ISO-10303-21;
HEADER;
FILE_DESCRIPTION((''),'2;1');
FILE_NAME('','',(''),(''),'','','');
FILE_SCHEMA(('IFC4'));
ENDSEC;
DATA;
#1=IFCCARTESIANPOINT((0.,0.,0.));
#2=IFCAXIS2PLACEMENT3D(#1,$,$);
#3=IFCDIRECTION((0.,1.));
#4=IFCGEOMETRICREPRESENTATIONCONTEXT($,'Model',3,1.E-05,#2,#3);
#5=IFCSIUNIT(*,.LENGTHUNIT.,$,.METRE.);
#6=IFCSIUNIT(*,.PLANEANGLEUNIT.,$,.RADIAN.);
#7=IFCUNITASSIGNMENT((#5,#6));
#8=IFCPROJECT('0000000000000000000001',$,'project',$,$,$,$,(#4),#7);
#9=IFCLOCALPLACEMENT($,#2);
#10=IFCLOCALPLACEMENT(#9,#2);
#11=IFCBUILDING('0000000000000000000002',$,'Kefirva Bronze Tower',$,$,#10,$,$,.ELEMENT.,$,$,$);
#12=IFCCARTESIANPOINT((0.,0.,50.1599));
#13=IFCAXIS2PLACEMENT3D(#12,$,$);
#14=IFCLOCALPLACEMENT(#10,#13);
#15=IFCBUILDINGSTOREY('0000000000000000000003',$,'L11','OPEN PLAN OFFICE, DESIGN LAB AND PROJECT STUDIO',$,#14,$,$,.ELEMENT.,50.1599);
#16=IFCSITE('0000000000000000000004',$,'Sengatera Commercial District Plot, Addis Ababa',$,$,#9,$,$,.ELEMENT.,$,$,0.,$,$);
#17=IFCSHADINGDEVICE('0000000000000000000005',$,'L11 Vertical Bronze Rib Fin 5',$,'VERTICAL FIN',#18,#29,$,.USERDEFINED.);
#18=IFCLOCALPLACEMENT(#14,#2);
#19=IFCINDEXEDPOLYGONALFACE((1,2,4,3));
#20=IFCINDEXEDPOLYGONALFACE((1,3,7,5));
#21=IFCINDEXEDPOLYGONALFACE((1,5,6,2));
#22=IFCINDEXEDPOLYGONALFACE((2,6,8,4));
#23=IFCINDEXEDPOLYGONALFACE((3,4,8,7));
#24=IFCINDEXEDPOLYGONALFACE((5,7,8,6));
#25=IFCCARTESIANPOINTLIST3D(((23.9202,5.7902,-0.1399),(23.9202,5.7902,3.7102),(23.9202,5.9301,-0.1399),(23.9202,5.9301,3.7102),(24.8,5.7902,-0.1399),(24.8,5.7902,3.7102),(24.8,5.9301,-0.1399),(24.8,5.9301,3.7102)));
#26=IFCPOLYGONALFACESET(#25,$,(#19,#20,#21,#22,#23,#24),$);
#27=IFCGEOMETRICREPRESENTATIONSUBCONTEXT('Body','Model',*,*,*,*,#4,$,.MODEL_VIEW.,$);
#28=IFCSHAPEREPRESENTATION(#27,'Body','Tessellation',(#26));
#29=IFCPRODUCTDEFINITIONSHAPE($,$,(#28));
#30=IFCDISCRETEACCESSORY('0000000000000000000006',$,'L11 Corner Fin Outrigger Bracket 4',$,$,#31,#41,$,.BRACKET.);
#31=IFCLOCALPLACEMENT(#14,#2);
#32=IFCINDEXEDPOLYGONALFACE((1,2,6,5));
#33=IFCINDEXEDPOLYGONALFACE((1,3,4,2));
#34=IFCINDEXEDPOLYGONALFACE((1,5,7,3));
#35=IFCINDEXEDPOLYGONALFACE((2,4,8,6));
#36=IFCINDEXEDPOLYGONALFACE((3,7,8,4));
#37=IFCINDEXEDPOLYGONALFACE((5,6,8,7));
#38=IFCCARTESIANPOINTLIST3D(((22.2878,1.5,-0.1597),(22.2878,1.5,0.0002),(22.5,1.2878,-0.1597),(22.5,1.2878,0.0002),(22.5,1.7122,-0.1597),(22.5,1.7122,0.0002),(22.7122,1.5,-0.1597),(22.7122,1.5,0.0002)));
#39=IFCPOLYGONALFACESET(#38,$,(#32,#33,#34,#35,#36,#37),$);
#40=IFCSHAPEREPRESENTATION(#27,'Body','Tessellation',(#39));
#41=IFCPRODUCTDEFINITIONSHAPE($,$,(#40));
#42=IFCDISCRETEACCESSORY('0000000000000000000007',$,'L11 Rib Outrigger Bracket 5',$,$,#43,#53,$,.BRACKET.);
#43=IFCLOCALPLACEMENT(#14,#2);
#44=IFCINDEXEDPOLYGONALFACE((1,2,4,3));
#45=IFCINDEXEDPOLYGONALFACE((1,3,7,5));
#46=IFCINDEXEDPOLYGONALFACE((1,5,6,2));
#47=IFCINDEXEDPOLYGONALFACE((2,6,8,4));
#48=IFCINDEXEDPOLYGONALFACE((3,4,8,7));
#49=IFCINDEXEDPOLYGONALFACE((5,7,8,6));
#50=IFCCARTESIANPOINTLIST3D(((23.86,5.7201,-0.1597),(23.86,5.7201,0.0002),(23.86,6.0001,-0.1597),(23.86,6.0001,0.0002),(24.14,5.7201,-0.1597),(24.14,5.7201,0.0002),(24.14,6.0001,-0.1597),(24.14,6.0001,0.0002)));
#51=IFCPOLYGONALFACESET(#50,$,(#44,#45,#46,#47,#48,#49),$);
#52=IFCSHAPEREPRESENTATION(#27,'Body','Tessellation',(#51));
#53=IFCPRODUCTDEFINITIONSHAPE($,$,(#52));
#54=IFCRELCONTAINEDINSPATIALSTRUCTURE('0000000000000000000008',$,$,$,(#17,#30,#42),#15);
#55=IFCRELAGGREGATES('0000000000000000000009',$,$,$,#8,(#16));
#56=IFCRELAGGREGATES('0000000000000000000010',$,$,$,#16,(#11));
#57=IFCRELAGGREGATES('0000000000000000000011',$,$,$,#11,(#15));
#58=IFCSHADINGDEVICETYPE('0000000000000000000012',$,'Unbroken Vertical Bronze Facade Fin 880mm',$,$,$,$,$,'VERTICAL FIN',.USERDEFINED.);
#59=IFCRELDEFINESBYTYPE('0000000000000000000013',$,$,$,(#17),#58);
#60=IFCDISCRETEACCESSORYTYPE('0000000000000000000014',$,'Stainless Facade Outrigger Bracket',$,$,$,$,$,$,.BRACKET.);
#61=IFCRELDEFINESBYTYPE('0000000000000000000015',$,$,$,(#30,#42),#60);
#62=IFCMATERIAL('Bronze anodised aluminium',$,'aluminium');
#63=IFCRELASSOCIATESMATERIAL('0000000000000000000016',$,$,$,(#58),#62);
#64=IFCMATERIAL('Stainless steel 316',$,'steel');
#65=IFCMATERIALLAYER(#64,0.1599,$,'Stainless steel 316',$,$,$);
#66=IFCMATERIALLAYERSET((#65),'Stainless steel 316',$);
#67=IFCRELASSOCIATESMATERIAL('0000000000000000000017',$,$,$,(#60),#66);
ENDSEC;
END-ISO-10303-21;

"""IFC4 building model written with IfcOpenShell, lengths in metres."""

from ifc_helpers import new_model, si_unit, direction, frame, origin, origin_2d, place, context, subcontext, project, spatial, rectangle, extrude, material, layer, layer_set, material_profile, profile_set, type_object, element, save


model = new_model("IFC4")

# Units and contexts
model_context = context("Model", 3, precision=1e-05, world=origin(), true_north=direction((0.0, 1.0)))
body_context = subcontext(model_context, "Body", "Model", "MODEL_VIEW")
ifc_project = project(units=[si_unit("LENGTHUNIT", "METRE"), si_unit("PLANEANGLEUNIT", "RADIAN")], contexts=[model_context])

# Site, building, storey
site_placement = place(None, origin())
site = spatial("IfcSite", under=ifc_project, at=site_placement, Name="Sengatera Commercial District Plot, Addis Ababa", CompositionType="ELEMENT", RefElevation=0.0)
building_placement = place(site_placement, origin())
building = spatial("IfcBuilding", under=site, at=building_placement, Name="Kefirva Bronze Tower", CompositionType="ELEMENT")
storey_placement = place(building_placement, frame((0.0, 0.0, 50.1599)))
storey = spatial("IfcBuildingStorey", under=building, at=storey_placement, Name="L11", Description="OPEN PLAN OFFICE, DESIGN LAB AND PROJECT STUDIO", CompositionType="ELEMENT", Elevation=50.1599)

# Shared definitions
ifc_material_1 = material(Name="Bronze anodised aluminium", Category="aluminium")

# Shading device
ifc_material_profile_1 = material_profile(ifc_material_1, rectangle(XDim=0.1399, YDim=0.8799, at=origin_2d()), Name="BRONZE FIN 140x880")
ifc_profile_set_1 = profile_set([ifc_material_profile_1], Name="Bronze anodised aluminium")
shading_device_type_1 = type_object("IfcShadingDeviceType", Name="Unbroken Vertical Bronze Facade Fin 880mm", ElementType="VERTICAL FIN", PredefinedType="USERDEFINED", material=ifc_profile_set_1)
shading_device_1_placement = place(storey_placement, frame((24.3601, 5.8601, -0.1399), z_axis=(0.0, 0.0, 1.0), x_axis=(0.0, 1.0, 0.0)))
element("IfcShadingDevice", 1, at=shading_device_1_placement, inside=storey, type_object=shading_device_type_1, Name="L11 Vertical Bronze Rib Fin 5", ObjectType="VERTICAL FIN", PredefinedType="USERDEFINED", context=body_context, shape_type="SweptSolid", body=[
    extrude(rectangle(XDim=0.1399, YDim=0.8799, at=origin_2d()), origin(), (0.0, 0.0, 1.0), 3.8501),
])

# Discrete accessories
ifc_material_2 = material(Name="Stainless steel 316", Category="steel")
ifc_layer_1 = layer(ifc_material_2, 0.1599, Name="Stainless steel 316")
ifc_layer_set_1 = layer_set([ifc_layer_1], Name="Stainless steel 316")
discrete_accessory_type = type_object("IfcDiscreteAccessoryType", Name="Stainless Facade Outrigger Bracket", PredefinedType="BRACKET", material=ifc_layer_set_1)
discrete_accessory_1_placement = place(storey_placement, frame((22.5, 1.5, -0.1597), z_axis=(0.0, 0.0, 1.0), x_axis=(0.707107, 0.707107, 0.0)))
element("IfcDiscreteAccessory", 2, at=discrete_accessory_1_placement, inside=storey, type_object=discrete_accessory_type, Name="L11 Corner Fin Outrigger Bracket 4", PredefinedType="BRACKET", context=body_context, shape_type="SweptSolid", body=[
    extrude(rectangle(XDim=0.3, YDim=0.3, at=origin_2d()), origin(), (0.0, 0.0, 1.0), 0.1599),
])
discrete_accessory_2_placement = place(storey_placement, frame((24.0, 5.8601, -0.1597), z_axis=(0.0, 0.0, 1.0), x_axis=(0.0, 1.0, 0.0)))
element("IfcDiscreteAccessory", 3, at=discrete_accessory_2_placement, inside=storey, type_object=discrete_accessory_type, Name="L11 Rib Outrigger Bracket 5", PredefinedType="BRACKET", context=body_context, shape_type="SweptSolid", body=[
    extrude(rectangle(XDim=0.28, YDim=0.28, at=origin_2d()), origin(), (0.0, 0.0, 1.0), 0.1599),
])

save(model, "model.ifc")
